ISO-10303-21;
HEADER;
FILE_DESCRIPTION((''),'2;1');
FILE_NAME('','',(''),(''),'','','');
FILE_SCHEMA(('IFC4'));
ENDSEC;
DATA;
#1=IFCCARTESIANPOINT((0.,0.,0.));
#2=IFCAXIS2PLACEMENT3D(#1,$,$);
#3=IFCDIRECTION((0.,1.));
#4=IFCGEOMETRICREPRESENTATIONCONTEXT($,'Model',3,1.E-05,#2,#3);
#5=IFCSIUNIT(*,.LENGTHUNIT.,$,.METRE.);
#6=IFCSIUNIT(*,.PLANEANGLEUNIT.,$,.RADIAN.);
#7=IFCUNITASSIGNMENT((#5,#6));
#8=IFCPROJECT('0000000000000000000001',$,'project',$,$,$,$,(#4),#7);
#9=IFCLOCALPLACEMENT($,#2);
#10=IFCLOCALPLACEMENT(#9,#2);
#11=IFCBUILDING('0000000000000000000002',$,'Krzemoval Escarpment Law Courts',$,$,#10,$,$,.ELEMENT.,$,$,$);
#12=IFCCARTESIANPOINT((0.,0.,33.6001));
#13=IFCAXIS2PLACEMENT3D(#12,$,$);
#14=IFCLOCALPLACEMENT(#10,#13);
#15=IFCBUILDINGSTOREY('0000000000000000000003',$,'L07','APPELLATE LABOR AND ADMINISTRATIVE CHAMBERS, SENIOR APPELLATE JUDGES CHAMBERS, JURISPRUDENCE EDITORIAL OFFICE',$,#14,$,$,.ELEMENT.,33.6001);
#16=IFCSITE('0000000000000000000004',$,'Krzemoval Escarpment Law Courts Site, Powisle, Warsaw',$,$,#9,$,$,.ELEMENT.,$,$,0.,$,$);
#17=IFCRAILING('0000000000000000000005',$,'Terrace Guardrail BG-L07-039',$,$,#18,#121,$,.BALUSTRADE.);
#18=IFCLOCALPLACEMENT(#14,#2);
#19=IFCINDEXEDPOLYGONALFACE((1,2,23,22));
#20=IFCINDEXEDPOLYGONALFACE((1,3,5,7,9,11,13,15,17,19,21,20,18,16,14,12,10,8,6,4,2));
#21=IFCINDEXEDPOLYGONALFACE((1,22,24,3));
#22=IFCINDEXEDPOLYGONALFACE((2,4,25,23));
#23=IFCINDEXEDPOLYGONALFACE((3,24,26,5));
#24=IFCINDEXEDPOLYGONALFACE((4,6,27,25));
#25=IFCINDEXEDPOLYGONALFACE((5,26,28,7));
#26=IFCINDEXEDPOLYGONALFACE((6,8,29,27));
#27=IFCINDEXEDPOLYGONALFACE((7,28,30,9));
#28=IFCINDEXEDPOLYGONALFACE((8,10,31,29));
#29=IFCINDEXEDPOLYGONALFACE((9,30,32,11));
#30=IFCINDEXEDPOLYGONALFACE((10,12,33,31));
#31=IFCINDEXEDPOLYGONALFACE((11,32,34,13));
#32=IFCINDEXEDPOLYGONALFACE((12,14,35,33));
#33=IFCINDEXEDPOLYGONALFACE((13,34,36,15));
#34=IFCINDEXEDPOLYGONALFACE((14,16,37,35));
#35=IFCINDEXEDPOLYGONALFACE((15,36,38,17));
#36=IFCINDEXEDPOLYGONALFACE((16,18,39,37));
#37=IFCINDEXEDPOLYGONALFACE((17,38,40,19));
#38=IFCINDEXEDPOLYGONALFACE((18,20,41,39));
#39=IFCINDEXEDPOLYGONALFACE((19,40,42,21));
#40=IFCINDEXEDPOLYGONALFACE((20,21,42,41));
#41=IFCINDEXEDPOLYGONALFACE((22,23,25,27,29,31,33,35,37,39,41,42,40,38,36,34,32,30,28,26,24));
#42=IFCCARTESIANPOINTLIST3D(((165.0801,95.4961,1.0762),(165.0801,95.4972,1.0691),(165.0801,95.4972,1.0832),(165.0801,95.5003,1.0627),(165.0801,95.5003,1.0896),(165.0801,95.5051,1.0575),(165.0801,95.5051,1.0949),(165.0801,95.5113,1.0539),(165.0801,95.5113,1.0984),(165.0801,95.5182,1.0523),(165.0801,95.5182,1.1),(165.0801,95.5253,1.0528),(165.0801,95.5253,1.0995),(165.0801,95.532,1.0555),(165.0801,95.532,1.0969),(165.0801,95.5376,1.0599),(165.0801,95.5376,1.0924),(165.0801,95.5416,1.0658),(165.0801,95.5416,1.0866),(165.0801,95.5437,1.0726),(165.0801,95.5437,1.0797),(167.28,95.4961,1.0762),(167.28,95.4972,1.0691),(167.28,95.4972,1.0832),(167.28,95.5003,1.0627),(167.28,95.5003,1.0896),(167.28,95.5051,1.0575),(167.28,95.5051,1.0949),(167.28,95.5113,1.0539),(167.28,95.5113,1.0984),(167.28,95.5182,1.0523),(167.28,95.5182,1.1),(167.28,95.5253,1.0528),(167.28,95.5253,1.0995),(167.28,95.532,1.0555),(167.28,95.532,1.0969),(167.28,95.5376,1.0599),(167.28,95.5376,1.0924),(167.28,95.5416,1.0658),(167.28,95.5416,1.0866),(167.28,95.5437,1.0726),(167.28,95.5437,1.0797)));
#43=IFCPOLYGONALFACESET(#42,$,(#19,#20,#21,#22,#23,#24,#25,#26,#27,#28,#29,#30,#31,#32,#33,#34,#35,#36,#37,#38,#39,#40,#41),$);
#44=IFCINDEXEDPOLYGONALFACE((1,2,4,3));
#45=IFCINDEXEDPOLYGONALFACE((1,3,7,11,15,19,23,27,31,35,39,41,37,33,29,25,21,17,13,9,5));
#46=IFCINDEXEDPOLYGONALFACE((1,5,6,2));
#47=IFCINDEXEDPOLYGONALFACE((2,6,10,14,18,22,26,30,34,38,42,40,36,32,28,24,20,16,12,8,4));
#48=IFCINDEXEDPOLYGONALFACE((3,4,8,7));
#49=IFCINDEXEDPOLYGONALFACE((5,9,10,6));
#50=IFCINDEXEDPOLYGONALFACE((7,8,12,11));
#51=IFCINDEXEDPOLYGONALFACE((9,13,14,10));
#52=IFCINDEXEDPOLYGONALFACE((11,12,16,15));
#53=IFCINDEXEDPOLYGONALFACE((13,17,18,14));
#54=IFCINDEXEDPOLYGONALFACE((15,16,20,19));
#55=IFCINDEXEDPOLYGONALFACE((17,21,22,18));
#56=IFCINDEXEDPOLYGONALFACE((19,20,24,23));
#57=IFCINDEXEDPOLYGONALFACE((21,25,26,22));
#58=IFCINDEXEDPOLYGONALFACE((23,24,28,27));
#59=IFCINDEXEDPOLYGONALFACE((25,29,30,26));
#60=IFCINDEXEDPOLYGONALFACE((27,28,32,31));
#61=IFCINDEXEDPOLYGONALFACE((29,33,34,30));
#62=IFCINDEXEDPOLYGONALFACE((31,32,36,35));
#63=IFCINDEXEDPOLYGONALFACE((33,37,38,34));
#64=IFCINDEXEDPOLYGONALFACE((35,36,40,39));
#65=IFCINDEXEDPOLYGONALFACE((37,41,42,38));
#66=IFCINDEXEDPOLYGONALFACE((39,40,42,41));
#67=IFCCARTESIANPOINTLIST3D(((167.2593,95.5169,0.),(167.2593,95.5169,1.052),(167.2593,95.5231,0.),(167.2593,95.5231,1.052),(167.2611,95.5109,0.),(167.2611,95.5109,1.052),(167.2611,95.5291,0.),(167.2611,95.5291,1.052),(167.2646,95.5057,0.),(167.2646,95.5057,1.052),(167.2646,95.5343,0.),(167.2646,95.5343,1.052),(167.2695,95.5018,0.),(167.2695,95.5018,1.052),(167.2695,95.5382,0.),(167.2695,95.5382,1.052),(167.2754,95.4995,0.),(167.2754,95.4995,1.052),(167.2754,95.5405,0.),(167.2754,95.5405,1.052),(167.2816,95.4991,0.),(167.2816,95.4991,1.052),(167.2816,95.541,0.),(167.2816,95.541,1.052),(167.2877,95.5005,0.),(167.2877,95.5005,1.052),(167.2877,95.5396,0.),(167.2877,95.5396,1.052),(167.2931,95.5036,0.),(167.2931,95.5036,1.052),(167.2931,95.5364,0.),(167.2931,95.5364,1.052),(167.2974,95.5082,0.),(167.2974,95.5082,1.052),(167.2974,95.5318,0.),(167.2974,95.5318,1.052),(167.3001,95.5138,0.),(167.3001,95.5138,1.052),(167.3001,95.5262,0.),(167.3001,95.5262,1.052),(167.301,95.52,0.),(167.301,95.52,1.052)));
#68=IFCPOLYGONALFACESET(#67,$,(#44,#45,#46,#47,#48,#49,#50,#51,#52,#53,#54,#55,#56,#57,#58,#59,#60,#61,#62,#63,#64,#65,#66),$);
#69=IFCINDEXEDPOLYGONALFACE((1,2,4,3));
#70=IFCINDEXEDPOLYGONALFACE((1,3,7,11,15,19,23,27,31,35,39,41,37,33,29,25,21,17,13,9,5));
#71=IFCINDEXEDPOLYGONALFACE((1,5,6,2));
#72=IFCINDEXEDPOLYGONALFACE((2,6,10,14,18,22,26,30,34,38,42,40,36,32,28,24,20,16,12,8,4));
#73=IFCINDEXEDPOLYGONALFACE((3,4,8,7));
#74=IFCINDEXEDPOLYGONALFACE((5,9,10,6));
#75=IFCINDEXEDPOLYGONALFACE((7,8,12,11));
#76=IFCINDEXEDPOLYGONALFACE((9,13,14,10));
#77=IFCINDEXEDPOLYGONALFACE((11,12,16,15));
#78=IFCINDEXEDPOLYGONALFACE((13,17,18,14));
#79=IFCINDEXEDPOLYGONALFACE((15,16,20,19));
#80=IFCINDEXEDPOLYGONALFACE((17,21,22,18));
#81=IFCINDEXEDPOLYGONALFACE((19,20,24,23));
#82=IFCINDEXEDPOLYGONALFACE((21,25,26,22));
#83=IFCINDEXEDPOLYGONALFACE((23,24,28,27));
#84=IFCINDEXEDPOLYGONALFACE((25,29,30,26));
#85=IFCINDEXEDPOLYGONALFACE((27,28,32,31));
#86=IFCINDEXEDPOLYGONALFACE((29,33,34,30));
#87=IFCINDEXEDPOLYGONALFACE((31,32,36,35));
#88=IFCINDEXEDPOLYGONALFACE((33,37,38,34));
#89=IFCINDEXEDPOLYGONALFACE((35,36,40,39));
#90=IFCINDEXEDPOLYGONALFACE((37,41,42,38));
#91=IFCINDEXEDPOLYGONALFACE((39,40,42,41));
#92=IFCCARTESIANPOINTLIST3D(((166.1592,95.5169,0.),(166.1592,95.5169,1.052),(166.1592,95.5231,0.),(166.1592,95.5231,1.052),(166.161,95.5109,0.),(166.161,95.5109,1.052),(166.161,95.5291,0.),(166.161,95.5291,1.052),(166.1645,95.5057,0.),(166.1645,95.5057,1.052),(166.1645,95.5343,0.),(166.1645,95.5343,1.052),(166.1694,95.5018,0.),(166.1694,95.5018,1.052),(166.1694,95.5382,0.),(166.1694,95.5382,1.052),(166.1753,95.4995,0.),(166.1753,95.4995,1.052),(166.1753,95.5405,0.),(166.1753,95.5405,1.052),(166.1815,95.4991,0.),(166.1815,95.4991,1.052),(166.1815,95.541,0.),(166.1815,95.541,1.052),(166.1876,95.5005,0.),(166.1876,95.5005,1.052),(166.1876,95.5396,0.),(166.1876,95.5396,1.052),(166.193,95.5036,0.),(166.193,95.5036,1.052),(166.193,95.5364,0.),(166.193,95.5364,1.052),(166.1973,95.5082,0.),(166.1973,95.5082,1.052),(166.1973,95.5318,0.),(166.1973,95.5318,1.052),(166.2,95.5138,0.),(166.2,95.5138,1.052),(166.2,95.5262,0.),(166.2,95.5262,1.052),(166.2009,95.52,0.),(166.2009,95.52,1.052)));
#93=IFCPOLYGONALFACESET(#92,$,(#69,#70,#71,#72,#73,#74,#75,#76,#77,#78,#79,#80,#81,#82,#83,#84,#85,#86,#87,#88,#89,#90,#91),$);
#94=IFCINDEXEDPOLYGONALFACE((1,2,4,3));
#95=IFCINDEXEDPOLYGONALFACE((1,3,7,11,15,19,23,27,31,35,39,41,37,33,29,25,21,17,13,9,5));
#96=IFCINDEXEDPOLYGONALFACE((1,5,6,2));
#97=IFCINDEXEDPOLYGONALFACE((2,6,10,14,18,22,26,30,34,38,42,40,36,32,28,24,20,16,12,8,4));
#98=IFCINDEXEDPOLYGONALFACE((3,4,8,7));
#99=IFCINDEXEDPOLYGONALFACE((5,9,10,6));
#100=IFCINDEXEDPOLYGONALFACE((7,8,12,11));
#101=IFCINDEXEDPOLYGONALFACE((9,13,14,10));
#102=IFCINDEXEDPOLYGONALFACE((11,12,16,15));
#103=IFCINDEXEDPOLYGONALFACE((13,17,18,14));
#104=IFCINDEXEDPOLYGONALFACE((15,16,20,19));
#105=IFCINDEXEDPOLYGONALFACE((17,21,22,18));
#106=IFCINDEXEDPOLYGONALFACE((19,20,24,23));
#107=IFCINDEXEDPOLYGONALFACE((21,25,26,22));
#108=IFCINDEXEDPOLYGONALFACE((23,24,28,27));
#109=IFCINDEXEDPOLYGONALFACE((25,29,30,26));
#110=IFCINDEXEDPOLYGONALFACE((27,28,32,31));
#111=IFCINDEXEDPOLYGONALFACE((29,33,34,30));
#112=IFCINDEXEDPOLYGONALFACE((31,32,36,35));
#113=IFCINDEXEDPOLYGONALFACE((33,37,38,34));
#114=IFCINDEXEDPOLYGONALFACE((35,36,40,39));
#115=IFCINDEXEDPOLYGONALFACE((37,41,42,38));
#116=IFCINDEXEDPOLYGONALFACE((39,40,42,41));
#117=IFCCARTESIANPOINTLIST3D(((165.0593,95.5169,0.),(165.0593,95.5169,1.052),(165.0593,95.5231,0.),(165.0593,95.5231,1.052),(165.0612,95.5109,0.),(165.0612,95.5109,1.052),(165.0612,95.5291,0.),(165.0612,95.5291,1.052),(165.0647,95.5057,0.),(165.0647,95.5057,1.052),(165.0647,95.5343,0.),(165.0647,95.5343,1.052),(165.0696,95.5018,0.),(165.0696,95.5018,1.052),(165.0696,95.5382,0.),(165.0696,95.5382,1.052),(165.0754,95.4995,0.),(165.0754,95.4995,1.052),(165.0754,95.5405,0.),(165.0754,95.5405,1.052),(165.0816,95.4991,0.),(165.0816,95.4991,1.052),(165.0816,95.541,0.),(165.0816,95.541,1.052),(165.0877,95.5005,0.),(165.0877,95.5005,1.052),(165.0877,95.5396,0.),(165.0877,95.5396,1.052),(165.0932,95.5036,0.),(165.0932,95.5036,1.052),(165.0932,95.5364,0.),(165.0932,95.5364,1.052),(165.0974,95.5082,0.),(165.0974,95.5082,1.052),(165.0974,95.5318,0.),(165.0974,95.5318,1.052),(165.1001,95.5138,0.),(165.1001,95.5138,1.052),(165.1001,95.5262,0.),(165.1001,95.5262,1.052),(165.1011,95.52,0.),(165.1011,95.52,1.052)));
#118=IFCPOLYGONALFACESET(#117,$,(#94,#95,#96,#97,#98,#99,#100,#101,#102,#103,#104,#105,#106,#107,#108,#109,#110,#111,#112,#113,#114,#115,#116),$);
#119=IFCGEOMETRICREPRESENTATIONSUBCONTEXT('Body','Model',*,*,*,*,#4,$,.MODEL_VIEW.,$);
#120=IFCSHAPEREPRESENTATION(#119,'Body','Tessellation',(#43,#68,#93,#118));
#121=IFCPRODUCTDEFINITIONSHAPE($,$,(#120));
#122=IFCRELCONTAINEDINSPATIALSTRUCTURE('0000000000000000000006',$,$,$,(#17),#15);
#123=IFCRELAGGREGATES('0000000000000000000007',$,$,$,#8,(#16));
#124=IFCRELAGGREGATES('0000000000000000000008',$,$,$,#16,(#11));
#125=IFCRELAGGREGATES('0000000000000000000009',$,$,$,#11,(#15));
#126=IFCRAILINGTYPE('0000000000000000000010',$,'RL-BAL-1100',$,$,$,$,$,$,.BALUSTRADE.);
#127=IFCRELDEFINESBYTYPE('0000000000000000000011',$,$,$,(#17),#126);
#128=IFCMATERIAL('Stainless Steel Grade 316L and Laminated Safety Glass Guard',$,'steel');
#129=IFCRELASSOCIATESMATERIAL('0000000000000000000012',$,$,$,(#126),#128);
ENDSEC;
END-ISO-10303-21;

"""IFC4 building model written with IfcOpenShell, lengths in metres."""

from ifc_helpers import new_model, si_unit, direction, frame, origin, origin_2d, place, context, subcontext, project, spatial, circle, extrude, material, type_object, element, save


model = new_model("IFC4")

# Units and contexts
model_context = context("Model", 3, precision=1e-05, world=origin(), true_north=direction((0.0, 1.0)))
body_context = subcontext(model_context, "Body", "Model", "MODEL_VIEW")
ifc_project = project(units=[si_unit("LENGTHUNIT", "METRE"), si_unit("PLANEANGLEUNIT", "RADIAN")], contexts=[model_context])

# Site, building, storey
site_placement = place(None, origin())
site = spatial("IfcSite", under=ifc_project, at=site_placement, Name="Krzemoval Escarpment Law Courts Site, Powisle, Warsaw", CompositionType="ELEMENT", RefElevation=0.0)
building_placement = place(site_placement, origin())
building = spatial("IfcBuilding", under=site, at=building_placement, Name="Krzemoval Escarpment Law Courts", CompositionType="ELEMENT")
storey_placement = place(building_placement, frame((0.0, 0.0, 33.6001)))
storey = spatial("IfcBuildingStorey", under=building, at=storey_placement, Name="L07", Description="APPELLATE LABOR AND ADMINISTRATIVE CHAMBERS, SENIOR APPELLATE JUDGES CHAMBERS, JURISPRUDENCE EDITORIAL OFFICE", CompositionType="ELEMENT", Elevation=33.6001)

# Railing
ifc_material_1 = material(Name="Stainless Steel Grade 316L and Laminated Safety Glass Guard", Category="steel")
railing_type = type_object("IfcRailingType", Name="RL-BAL-1100", PredefinedType="BALUSTRADE", material=ifc_material_1)
railing_1_placement = place(storey_placement, frame((167.28, 95.52, 0.0)))
element("IfcRailing", 1, at=railing_1_placement, inside=storey, type_object=railing_type, Name="Terrace Guardrail BG-L07-039", PredefinedType="BALUSTRADE", context=body_context, shape_type="SweptSolid", body=[
    extrude(circle(Radius=0.0239, at=origin_2d()), frame((0.0, 0.0, 1.0762), z_axis=(-1.0, 0.0, 0.0), x_axis=(0.0, -1.0, 0.0)), (0.0, 0.0, 1.0), 2.2),
    extrude(circle(Radius=0.021, at=origin_2d()), origin(), (0.0, 0.0, 1.0), 1.052),
    extrude(circle(Radius=0.021, at=origin_2d()), frame((-1.1001, 0.0, 0.0)), (0.0, 0.0, 1.0), 1.052),
    extrude(circle(Radius=0.021, at=origin_2d()), frame((-2.2, 0.0, 0.0)), (0.0, 0.0, 1.0), 1.052),
])

save(model, "model.ifc")
